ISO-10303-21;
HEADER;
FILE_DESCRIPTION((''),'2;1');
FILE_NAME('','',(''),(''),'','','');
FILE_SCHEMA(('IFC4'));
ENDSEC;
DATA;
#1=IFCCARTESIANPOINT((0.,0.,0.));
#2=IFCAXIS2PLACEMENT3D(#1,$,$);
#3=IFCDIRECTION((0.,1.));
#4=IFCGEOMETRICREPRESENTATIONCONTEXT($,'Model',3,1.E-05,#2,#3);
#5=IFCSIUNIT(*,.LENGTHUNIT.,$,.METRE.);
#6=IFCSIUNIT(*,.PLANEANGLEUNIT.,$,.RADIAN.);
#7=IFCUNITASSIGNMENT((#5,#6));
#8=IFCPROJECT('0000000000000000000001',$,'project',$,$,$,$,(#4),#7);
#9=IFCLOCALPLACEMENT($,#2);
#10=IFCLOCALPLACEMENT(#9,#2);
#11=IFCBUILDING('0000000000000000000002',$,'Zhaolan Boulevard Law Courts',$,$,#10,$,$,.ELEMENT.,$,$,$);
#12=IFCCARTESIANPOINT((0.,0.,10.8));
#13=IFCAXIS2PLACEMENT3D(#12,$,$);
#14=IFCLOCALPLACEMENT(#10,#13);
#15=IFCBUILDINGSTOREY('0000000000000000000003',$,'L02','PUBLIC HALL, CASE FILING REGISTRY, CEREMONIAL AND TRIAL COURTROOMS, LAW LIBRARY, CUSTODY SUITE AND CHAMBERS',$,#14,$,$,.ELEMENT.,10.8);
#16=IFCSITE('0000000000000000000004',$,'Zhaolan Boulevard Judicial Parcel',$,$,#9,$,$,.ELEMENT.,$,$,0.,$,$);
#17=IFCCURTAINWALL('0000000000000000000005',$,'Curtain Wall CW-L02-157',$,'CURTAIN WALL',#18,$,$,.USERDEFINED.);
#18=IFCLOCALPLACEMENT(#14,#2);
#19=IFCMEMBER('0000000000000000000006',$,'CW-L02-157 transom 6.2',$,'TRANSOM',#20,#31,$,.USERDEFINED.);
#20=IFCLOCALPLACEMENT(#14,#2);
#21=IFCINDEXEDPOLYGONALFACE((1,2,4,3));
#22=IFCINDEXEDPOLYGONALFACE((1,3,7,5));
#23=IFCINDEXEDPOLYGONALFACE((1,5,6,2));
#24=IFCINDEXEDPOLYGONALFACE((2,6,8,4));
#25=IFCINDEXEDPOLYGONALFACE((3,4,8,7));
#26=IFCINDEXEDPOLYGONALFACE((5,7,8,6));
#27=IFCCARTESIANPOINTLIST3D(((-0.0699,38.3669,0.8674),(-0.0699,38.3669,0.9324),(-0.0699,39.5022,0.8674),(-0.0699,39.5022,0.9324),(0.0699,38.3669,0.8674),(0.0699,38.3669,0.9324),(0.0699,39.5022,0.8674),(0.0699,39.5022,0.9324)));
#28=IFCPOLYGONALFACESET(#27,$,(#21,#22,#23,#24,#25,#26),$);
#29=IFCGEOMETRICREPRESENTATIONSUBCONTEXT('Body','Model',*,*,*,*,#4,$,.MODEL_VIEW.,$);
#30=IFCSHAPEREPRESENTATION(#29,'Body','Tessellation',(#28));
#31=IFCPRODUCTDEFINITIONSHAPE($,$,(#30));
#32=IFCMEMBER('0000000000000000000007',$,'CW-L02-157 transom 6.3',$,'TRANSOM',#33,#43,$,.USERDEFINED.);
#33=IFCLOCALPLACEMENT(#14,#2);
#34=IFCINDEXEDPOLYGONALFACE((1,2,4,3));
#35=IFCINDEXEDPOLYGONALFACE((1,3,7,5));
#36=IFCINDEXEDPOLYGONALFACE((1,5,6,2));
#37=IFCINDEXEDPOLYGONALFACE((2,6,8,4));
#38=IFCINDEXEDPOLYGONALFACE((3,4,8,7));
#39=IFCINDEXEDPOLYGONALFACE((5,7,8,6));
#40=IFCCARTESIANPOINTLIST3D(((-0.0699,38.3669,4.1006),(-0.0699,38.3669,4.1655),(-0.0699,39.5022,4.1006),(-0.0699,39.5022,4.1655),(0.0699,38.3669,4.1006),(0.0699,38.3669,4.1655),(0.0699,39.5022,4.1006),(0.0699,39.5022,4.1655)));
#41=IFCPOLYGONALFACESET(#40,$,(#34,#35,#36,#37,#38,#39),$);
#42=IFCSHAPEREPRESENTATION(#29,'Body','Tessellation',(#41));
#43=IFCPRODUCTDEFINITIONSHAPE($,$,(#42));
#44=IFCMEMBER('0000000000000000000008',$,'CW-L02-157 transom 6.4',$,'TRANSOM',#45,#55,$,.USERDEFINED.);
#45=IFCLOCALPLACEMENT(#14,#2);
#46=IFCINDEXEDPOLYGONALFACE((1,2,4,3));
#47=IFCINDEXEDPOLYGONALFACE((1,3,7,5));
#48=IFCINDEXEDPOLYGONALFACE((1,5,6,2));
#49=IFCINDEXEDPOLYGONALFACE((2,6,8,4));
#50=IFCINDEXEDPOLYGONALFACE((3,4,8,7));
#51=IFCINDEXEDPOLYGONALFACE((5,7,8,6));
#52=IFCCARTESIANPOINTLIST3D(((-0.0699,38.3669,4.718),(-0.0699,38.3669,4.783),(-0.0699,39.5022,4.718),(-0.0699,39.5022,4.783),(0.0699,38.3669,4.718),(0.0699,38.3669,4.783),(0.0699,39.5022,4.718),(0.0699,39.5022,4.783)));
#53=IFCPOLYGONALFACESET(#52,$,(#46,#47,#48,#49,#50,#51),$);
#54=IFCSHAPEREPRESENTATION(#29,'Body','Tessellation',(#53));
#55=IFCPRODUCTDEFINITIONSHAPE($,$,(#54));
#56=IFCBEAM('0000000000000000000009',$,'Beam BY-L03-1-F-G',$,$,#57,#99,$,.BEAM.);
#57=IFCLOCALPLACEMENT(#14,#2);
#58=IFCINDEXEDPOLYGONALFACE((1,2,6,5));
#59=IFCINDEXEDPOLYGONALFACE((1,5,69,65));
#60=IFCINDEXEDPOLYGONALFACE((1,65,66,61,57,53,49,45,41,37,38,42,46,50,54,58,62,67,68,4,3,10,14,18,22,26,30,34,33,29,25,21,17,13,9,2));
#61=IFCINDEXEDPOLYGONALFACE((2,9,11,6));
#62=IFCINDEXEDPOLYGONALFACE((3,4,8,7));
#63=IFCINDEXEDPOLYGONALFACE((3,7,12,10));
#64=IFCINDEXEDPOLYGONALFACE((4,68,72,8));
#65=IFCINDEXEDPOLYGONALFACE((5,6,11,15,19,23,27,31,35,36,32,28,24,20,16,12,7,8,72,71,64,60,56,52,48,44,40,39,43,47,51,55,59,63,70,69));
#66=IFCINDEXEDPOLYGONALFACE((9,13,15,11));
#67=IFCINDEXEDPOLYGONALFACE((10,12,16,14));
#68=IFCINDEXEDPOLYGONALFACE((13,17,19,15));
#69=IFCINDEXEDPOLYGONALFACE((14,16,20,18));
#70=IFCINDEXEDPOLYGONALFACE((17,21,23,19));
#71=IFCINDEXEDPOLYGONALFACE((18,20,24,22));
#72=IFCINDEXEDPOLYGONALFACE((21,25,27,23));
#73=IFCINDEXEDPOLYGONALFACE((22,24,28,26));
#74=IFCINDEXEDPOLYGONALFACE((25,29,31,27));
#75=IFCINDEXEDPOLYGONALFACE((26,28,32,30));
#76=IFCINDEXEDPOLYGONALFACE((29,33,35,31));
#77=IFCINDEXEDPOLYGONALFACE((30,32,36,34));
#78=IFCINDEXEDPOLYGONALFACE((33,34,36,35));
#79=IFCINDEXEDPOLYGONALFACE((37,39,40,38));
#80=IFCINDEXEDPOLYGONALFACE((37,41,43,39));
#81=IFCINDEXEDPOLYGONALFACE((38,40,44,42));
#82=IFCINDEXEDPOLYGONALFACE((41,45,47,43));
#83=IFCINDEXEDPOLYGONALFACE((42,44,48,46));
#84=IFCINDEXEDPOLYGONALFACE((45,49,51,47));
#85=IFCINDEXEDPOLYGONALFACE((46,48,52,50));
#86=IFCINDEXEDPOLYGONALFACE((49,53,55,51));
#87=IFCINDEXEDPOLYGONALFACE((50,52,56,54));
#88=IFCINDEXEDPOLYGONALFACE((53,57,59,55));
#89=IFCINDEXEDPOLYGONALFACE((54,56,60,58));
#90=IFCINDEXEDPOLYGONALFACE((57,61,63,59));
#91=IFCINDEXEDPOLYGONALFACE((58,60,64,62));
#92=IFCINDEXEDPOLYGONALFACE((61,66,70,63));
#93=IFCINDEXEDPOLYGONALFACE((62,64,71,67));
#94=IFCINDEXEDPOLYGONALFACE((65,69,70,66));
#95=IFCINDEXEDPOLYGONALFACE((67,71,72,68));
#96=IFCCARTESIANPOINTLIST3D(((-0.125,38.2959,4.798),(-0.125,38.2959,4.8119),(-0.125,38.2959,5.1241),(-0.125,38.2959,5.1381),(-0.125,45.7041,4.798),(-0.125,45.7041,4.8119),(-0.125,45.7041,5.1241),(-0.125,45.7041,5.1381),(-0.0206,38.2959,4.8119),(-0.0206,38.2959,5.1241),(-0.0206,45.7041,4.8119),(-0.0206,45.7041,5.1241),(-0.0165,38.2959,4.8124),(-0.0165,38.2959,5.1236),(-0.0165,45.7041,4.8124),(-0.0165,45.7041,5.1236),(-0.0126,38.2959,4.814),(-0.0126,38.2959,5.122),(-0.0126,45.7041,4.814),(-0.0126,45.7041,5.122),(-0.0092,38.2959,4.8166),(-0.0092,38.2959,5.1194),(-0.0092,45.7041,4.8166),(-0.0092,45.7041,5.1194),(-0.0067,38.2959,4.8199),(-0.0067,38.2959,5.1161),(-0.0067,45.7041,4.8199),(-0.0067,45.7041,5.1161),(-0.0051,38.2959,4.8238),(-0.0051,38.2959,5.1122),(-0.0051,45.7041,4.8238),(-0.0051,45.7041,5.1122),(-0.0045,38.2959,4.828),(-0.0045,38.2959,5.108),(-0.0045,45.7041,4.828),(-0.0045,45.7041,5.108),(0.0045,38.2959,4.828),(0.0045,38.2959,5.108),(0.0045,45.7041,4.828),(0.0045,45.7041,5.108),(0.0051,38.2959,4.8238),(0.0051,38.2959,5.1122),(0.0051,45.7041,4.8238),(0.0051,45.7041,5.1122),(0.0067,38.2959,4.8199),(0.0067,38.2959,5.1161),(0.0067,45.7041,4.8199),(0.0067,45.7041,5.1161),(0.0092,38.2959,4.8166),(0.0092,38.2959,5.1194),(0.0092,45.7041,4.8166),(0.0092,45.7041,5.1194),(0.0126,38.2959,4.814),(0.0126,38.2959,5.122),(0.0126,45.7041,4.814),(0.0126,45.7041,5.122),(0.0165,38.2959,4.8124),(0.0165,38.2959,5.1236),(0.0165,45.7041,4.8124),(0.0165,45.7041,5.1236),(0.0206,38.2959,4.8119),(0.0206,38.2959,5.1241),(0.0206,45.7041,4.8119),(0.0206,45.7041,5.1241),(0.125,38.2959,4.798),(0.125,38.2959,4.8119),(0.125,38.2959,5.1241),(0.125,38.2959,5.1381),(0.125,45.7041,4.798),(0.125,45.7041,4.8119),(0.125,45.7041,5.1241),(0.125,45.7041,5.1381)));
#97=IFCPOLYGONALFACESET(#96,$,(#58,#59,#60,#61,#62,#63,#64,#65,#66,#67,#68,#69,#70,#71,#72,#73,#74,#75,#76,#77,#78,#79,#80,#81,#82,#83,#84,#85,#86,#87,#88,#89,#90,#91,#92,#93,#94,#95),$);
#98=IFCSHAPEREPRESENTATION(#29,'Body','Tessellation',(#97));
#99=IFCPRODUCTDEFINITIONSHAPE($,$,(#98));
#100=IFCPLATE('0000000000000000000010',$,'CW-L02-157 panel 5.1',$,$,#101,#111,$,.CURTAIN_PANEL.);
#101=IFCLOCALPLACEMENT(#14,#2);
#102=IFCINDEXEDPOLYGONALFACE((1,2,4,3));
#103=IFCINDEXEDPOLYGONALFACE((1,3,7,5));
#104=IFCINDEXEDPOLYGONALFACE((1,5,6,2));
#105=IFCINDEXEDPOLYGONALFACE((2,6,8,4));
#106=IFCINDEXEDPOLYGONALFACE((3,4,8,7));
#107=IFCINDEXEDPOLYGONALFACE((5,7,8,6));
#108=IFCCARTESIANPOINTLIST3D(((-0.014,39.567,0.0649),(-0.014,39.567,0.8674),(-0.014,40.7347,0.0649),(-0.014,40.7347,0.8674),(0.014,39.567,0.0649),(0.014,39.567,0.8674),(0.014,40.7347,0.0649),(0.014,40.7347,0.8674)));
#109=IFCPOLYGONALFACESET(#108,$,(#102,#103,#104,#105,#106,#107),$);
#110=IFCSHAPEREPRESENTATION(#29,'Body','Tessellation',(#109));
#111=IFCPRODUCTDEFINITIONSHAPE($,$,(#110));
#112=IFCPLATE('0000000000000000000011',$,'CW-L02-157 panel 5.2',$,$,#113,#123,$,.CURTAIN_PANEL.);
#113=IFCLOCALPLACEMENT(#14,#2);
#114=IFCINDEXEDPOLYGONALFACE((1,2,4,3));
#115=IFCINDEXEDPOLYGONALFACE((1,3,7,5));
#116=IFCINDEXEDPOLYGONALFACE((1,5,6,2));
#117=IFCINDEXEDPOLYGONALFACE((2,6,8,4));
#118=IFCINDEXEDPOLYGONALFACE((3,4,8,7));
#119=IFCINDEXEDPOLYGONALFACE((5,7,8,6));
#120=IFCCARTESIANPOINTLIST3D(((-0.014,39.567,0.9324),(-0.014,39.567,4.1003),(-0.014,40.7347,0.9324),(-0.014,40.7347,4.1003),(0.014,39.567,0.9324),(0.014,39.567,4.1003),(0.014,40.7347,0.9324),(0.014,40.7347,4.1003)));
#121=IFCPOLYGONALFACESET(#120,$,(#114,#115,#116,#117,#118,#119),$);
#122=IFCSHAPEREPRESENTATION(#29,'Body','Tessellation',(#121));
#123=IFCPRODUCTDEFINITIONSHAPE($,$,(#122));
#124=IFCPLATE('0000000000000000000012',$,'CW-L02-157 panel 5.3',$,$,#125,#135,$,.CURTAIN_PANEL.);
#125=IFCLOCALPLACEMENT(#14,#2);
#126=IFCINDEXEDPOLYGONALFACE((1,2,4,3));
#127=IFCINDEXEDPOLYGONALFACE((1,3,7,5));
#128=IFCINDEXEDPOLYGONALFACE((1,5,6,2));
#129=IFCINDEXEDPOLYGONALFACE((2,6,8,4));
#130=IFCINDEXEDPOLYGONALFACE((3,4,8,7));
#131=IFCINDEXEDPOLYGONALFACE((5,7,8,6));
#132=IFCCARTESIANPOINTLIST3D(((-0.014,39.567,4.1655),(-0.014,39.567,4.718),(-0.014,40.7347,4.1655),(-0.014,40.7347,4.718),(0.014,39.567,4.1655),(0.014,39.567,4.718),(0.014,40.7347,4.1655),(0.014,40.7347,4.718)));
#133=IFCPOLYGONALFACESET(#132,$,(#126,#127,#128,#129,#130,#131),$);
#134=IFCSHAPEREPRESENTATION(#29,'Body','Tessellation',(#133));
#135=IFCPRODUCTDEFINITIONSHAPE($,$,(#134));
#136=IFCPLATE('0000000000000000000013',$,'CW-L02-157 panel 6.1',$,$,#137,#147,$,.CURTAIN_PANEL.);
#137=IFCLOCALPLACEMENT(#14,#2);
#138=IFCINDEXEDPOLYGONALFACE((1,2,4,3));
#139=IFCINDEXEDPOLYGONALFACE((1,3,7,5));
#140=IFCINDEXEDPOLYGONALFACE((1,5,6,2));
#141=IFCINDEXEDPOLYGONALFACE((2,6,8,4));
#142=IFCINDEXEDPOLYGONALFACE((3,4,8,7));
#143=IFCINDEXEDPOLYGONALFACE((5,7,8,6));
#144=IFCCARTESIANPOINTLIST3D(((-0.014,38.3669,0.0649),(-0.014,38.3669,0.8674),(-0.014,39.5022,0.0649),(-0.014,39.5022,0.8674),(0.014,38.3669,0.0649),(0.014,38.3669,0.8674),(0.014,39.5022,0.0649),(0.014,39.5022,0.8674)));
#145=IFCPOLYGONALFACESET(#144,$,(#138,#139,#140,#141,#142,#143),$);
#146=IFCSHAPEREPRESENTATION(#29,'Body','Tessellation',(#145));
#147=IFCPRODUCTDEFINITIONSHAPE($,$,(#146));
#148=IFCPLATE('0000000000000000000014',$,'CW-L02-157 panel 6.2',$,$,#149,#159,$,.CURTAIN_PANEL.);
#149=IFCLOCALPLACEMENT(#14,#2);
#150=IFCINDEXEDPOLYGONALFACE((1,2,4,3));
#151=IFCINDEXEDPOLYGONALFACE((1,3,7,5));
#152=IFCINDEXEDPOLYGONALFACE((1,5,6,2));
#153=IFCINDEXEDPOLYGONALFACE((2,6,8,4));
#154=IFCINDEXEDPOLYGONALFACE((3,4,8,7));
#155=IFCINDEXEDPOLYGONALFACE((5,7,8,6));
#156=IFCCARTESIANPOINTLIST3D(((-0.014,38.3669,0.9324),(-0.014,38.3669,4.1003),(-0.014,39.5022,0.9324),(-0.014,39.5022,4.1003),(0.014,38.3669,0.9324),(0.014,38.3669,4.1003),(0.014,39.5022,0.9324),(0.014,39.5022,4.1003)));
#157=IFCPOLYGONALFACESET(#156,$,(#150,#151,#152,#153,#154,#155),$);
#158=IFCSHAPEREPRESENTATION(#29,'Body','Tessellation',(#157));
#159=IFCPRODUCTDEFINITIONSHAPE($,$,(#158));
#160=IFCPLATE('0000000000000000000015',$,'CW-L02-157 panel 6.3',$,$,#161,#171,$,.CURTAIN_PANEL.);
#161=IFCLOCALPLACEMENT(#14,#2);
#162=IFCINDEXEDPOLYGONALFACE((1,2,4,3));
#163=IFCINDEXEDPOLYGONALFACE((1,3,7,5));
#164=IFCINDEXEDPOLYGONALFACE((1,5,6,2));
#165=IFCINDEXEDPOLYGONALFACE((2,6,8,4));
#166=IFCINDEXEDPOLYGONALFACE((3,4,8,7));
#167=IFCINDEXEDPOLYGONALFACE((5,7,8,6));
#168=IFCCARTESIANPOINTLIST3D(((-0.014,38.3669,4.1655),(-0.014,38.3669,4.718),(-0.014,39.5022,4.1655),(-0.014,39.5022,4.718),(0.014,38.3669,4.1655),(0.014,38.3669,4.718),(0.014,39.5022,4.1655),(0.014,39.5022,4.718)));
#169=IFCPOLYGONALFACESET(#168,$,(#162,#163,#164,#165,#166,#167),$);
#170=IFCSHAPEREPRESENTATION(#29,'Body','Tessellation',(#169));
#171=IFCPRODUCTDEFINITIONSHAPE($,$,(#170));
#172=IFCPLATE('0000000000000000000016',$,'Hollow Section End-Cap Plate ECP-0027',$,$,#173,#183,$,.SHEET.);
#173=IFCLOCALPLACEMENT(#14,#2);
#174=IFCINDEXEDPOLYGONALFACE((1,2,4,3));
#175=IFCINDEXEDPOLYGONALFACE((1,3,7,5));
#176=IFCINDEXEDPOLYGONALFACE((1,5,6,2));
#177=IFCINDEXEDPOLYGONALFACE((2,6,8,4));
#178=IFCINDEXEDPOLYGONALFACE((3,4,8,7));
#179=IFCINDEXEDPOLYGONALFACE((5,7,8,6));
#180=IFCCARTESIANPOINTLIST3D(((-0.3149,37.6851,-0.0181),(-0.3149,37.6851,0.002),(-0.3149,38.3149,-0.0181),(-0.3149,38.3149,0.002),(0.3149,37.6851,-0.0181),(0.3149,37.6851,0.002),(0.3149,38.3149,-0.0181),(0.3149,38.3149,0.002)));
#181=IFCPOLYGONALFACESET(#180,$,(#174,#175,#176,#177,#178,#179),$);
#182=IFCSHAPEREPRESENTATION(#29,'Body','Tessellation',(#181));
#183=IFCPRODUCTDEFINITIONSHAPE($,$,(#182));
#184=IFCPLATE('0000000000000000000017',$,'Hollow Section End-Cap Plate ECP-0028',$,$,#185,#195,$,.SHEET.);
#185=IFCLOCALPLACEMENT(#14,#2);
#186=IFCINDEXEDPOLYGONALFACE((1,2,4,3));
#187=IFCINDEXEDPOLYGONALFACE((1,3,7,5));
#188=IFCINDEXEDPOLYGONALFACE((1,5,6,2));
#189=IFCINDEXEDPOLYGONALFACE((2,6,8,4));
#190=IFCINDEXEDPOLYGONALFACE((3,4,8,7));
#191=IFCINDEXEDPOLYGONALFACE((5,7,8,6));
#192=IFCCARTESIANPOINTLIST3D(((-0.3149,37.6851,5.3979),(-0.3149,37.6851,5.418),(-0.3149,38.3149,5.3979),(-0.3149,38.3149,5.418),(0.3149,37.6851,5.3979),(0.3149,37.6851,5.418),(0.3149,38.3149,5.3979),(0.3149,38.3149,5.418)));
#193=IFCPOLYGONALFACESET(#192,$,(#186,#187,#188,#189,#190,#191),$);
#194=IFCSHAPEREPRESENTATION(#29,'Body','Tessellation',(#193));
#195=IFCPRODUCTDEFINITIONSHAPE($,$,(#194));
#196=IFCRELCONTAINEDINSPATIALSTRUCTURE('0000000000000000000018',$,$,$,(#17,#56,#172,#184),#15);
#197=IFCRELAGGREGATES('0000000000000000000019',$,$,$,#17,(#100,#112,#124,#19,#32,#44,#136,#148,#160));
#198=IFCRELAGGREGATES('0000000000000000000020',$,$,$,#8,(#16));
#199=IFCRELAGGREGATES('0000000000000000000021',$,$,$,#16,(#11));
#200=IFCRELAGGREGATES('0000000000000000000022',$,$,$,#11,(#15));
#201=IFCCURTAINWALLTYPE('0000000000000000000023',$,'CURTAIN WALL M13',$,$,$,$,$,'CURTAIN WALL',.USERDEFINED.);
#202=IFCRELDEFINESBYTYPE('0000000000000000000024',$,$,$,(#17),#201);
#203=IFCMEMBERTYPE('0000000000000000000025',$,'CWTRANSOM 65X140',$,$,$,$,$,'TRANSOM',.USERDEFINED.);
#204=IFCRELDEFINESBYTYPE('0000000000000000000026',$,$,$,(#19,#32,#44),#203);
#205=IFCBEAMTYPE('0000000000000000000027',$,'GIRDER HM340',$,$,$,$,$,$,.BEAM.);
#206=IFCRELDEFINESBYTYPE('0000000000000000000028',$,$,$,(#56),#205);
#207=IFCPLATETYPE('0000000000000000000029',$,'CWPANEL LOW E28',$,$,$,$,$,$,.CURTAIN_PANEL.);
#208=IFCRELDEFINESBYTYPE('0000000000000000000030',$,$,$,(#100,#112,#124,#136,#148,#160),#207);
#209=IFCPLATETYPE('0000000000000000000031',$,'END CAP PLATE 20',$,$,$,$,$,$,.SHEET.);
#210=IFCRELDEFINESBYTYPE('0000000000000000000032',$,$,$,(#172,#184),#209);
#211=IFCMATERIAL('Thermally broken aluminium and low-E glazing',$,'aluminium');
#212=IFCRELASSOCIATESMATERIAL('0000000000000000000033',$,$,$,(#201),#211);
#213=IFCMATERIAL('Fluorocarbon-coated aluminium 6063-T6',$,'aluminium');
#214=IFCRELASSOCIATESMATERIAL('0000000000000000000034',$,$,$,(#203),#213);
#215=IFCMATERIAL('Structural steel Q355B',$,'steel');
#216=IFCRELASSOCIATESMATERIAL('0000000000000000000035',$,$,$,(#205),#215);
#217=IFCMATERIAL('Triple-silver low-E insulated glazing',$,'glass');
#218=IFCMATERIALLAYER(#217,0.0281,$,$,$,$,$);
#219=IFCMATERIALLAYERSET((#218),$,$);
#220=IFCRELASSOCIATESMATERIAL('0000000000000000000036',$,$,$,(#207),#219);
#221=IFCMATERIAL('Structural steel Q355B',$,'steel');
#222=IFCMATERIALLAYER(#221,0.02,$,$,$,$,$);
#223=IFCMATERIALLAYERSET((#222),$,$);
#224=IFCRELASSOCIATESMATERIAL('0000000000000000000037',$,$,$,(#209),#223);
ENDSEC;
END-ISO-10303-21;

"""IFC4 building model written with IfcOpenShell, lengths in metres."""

from ifc_helpers import new_model, si_unit, direction, frame, origin, origin_2d, place, context, subcontext, project, spatial, rectangle, i_section, extrude, material, layer, layer_set, material_profile, profile_set, type_object, element, aggregate, save


model = new_model("IFC4")

# Units and contexts
model_context = context("Model", 3, precision=1e-05, world=origin(), true_north=direction((0.0, 1.0)))
body_context = subcontext(model_context, "Body", "Model", "MODEL_VIEW")
ifc_project = project(units=[si_unit("LENGTHUNIT", "METRE"), si_unit("PLANEANGLEUNIT", "RADIAN")], contexts=[model_context])

# Site, building, storey
site_placement = place(None, origin())
site = spatial("IfcSite", under=ifc_project, at=site_placement, Name="Zhaolan Boulevard Judicial Parcel", CompositionType="ELEMENT", RefElevation=0.0)
building_placement = place(site_placement, origin())
building = spatial("IfcBuilding", under=site, at=building_placement, Name="Zhaolan Boulevard Law Courts", CompositionType="ELEMENT")
storey_placement = place(building_placement, frame((0.0, 0.0, 10.8)))
storey = spatial("IfcBuildingStorey", under=building, at=storey_placement, Name="L02", Description="PUBLIC HALL, CASE FILING REGISTRY, CEREMONIAL AND TRIAL COURTROOMS, LAW LIBRARY, CUSTODY SUITE AND CHAMBERS", CompositionType="ELEMENT", Elevation=10.8)

# Curtain wall
ifc_material_1 = material(Name="Thermally broken aluminium and low-E glazing", Category="aluminium")
curtain_wall_type_1 = type_object("IfcCurtainWallType", Name="CURTAIN WALL M13", ElementType="CURTAIN WALL", PredefinedType="USERDEFINED", material=ifc_material_1)
curtain_wall_1_placement = place(storey_placement, origin())
curtain_wall_1 = element("IfcCurtainWall", 1, at=curtain_wall_1_placement, inside=storey, type_object=curtain_wall_type_1, Name="Curtain Wall CW-L02-157", ObjectType="CURTAIN WALL", PredefinedType="USERDEFINED")

# Members
ifc_material_2 = material(Name="Fluorocarbon-coated aluminium 6063-T6", Category="aluminium")
ifc_material_profile_1 = material_profile(ifc_material_2, rectangle(XDim=0.1399, YDim=0.0649, at=origin_2d()), Name="AL65x140")
ifc_profile_set_1 = profile_set([ifc_material_profile_1], Name="Fluorocarbon-coated aluminium 6063-T6")
member_type_1 = type_object("IfcMemberType", Name="CWTRANSOM 65X140", ElementType="TRANSOM", PredefinedType="USERDEFINED", material=ifc_profile_set_1)
member_1_placement = place(storey_placement, frame((0.0, 39.5022, 0.8999), z_axis=(0.0, -1.0, 0.0), x_axis=(1.0, 0.0, 0.0)))
member_1 = element("IfcMember", 2, at=member_1_placement, type_object=member_type_1, Name="CW-L02-157 transom 6.2", ObjectType="TRANSOM", PredefinedType="USERDEFINED", context=body_context, shape_type="SweptSolid", body=[
    extrude(rectangle(XDim=0.1399, YDim=0.0649, at=origin_2d()), origin(), (0.0, 0.0, 1.0), 1.1353),
])
member_2_placement = place(storey_placement, frame((0.0, 39.5022, 4.1331), z_axis=(0.0, -1.0, 0.0), x_axis=(1.0, 0.0, 0.0)))
member_2 = element("IfcMember", 3, at=member_2_placement, type_object=member_type_1, Name="CW-L02-157 transom 6.3", ObjectType="TRANSOM", PredefinedType="USERDEFINED", context=body_context, shape_type="SweptSolid", body=[
    extrude(rectangle(XDim=0.1399, YDim=0.0649, at=origin_2d()), origin(), (0.0, 0.0, 1.0), 1.1353),
])
member_3_placement = place(storey_placement, frame((0.0, 39.5022, 4.7505), z_axis=(0.0, -1.0, 0.0), x_axis=(1.0, 0.0, 0.0)))
member_3 = element("IfcMember", 4, at=member_3_placement, type_object=member_type_1, Name="CW-L02-157 transom 6.4", ObjectType="TRANSOM", PredefinedType="USERDEFINED", context=body_context, shape_type="SweptSolid", body=[
    extrude(rectangle(XDim=0.1399, YDim=0.0649, at=origin_2d()), origin(), (0.0, 0.0, 1.0), 1.1353),
])

# Beam
ifc_material_3 = material(Name="Structural steel Q355B", Category="steel")
ifc_material_profile_2 = material_profile(ifc_material_3, i_section(OverallWidth=0.25, OverallDepth=0.3401, WebThickness=0.009, FlangeThickness=0.0139, FilletRadius=0.0161, at=origin_2d()), Name="HM340x250")
ifc_profile_set_2 = profile_set([ifc_material_profile_2], Name="Structural steel Q355B")
beam_type = type_object("IfcBeamType", Name="GIRDER HM340", PredefinedType="BEAM", material=ifc_profile_set_2)
beam_placement = place(storey_placement, frame((0.0, 38.2959, 4.968), z_axis=(0.0, 1.0, 0.0), x_axis=(-1.0, 0.0, 0.0)))
element("IfcBeam", 5, at=beam_placement, inside=storey, type_object=beam_type, Name="Beam BY-L03-1-F-G", PredefinedType="BEAM", context=body_context, shape_type="SweptSolid", body=[
    extrude(i_section(OverallWidth=0.25, OverallDepth=0.3401, WebThickness=0.009, FlangeThickness=0.0139, FilletRadius=0.0161, at=origin_2d()), origin(), (0.0, 0.0, 1.0), 7.4082),
])

# Plates
ifc_material_4 = material(Name="Triple-silver low-E insulated glazing", Category="glass")
ifc_layer_1 = layer(ifc_material_4, 0.0281)
ifc_layer_set_1 = layer_set([ifc_layer_1])
plate_type_1 = type_object("IfcPlateType", Name="CWPANEL LOW E28", PredefinedType="CURTAIN_PANEL", material=ifc_layer_set_1)
plate_1_placement = place(storey_placement, frame((0.0, 40.1509, 0.0649), z_axis=(0.0, 0.0, 1.0), x_axis=(0.0, -1.0, 0.0)))
plate_1 = element("IfcPlate", 6, at=plate_1_placement, type_object=plate_type_1, Name="CW-L02-157 panel 5.1", PredefinedType="CURTAIN_PANEL", context=body_context, shape_type="SweptSolid", body=[
    extrude(rectangle(XDim=1.1677, YDim=0.0281, at=origin_2d()), origin(), (0.0, 0.0, 1.0), 0.8025),
])
plate_2_placement = place(storey_placement, frame((0.0, 40.1509, 0.9324), z_axis=(0.0, 0.0, 1.0), x_axis=(0.0, -1.0, 0.0)))
plate_2 = element("IfcPlate", 7, at=plate_2_placement, type_object=plate_type_1, Name="CW-L02-157 panel 5.2", PredefinedType="CURTAIN_PANEL", context=body_context, shape_type="SweptSolid", body=[
    extrude(rectangle(XDim=1.1677, YDim=0.0281, at=origin_2d()), origin(), (0.0, 0.0, 1.0), 3.168),
])
plate_3_placement = place(storey_placement, frame((0.0, 40.1509, 4.1655), z_axis=(0.0, 0.0, 1.0), x_axis=(0.0, -1.0, 0.0)))
plate_3 = element("IfcPlate", 8, at=plate_3_placement, type_object=plate_type_1, Name="CW-L02-157 panel 5.3", PredefinedType="CURTAIN_PANEL", context=body_context, shape_type="SweptSolid", body=[
    extrude(rectangle(XDim=1.1677, YDim=0.0281, at=origin_2d()), origin(), (0.0, 0.0, 1.0), 0.5525),
])
plate_4_placement = place(storey_placement, frame((0.0, 38.9346, 0.0649), z_axis=(0.0, 0.0, 1.0), x_axis=(0.0, -1.0, 0.0)))
plate_4 = element("IfcPlate", 9, at=plate_4_placement, type_object=plate_type_1, Name="CW-L02-157 panel 6.1", PredefinedType="CURTAIN_PANEL", context=body_context, shape_type="SweptSolid", body=[
    extrude(rectangle(XDim=1.1353, YDim=0.0281, at=origin_2d()), origin(), (0.0, 0.0, 1.0), 0.8025),
])
plate_5_placement = place(storey_placement, frame((0.0, 38.9346, 0.9324), z_axis=(0.0, 0.0, 1.0), x_axis=(0.0, -1.0, 0.0)))
plate_5 = element("IfcPlate", 10, at=plate_5_placement, type_object=plate_type_1, Name="CW-L02-157 panel 6.2", PredefinedType="CURTAIN_PANEL", context=body_context, shape_type="SweptSolid", body=[
    extrude(rectangle(XDim=1.1353, YDim=0.0281, at=origin_2d()), origin(), (0.0, 0.0, 1.0), 3.168),
])
plate_6_placement = place(storey_placement, frame((0.0, 38.9346, 4.1655), z_axis=(0.0, 0.0, 1.0), x_axis=(0.0, -1.0, 0.0)))
plate_6 = element("IfcPlate", 11, at=plate_6_placement, type_object=plate_type_1, Name="CW-L02-157 panel 6.3", PredefinedType="CURTAIN_PANEL", context=body_context, shape_type="SweptSolid", body=[
    extrude(rectangle(XDim=1.1353, YDim=0.0281, at=origin_2d()), origin(), (0.0, 0.0, 1.0), 0.5525),
])
aggregate(curtain_wall_1, [plate_1, plate_2, plate_3, member_1, member_2, member_3, plate_4, plate_5, plate_6])

# Plates
ifc_material_5 = material(Name="Structural steel Q355B", Category="steel")
ifc_layer_2 = layer(ifc_material_5, 0.02)
ifc_layer_set_2 = layer_set([ifc_layer_2])
plate_type_2 = type_object("IfcPlateType", Name="END CAP PLATE 20", PredefinedType="SHEET", material=ifc_layer_set_2)
for number, where, z_axis, x_axis, name in (
    (12, (0.0, 38.0, -0.0181), (0.0, 0.0, 1.0), (1.0, 0.0, 0.0), "Hollow Section End-Cap Plate ECP-0027"),
    (13, (0.0, 38.0, 5.3979), (0.0, 0.0, 1.0), (1.0, 0.0, 0.0), "Hollow Section End-Cap Plate ECP-0028"),
):
    element("IfcPlate", number, at=place(storey_placement, frame(where, z_axis=z_axis, x_axis=x_axis)), inside=storey, type_object=plate_type_2, Name=name, PredefinedType="SHEET", context=body_context, shape_type="SweptSolid", body=[
        extrude(rectangle(XDim=0.6299, YDim=0.6299, at=origin_2d()), origin(), (0.0, 0.0, 1.0), 0.02),
    ])

save(model, "model.ifc")
